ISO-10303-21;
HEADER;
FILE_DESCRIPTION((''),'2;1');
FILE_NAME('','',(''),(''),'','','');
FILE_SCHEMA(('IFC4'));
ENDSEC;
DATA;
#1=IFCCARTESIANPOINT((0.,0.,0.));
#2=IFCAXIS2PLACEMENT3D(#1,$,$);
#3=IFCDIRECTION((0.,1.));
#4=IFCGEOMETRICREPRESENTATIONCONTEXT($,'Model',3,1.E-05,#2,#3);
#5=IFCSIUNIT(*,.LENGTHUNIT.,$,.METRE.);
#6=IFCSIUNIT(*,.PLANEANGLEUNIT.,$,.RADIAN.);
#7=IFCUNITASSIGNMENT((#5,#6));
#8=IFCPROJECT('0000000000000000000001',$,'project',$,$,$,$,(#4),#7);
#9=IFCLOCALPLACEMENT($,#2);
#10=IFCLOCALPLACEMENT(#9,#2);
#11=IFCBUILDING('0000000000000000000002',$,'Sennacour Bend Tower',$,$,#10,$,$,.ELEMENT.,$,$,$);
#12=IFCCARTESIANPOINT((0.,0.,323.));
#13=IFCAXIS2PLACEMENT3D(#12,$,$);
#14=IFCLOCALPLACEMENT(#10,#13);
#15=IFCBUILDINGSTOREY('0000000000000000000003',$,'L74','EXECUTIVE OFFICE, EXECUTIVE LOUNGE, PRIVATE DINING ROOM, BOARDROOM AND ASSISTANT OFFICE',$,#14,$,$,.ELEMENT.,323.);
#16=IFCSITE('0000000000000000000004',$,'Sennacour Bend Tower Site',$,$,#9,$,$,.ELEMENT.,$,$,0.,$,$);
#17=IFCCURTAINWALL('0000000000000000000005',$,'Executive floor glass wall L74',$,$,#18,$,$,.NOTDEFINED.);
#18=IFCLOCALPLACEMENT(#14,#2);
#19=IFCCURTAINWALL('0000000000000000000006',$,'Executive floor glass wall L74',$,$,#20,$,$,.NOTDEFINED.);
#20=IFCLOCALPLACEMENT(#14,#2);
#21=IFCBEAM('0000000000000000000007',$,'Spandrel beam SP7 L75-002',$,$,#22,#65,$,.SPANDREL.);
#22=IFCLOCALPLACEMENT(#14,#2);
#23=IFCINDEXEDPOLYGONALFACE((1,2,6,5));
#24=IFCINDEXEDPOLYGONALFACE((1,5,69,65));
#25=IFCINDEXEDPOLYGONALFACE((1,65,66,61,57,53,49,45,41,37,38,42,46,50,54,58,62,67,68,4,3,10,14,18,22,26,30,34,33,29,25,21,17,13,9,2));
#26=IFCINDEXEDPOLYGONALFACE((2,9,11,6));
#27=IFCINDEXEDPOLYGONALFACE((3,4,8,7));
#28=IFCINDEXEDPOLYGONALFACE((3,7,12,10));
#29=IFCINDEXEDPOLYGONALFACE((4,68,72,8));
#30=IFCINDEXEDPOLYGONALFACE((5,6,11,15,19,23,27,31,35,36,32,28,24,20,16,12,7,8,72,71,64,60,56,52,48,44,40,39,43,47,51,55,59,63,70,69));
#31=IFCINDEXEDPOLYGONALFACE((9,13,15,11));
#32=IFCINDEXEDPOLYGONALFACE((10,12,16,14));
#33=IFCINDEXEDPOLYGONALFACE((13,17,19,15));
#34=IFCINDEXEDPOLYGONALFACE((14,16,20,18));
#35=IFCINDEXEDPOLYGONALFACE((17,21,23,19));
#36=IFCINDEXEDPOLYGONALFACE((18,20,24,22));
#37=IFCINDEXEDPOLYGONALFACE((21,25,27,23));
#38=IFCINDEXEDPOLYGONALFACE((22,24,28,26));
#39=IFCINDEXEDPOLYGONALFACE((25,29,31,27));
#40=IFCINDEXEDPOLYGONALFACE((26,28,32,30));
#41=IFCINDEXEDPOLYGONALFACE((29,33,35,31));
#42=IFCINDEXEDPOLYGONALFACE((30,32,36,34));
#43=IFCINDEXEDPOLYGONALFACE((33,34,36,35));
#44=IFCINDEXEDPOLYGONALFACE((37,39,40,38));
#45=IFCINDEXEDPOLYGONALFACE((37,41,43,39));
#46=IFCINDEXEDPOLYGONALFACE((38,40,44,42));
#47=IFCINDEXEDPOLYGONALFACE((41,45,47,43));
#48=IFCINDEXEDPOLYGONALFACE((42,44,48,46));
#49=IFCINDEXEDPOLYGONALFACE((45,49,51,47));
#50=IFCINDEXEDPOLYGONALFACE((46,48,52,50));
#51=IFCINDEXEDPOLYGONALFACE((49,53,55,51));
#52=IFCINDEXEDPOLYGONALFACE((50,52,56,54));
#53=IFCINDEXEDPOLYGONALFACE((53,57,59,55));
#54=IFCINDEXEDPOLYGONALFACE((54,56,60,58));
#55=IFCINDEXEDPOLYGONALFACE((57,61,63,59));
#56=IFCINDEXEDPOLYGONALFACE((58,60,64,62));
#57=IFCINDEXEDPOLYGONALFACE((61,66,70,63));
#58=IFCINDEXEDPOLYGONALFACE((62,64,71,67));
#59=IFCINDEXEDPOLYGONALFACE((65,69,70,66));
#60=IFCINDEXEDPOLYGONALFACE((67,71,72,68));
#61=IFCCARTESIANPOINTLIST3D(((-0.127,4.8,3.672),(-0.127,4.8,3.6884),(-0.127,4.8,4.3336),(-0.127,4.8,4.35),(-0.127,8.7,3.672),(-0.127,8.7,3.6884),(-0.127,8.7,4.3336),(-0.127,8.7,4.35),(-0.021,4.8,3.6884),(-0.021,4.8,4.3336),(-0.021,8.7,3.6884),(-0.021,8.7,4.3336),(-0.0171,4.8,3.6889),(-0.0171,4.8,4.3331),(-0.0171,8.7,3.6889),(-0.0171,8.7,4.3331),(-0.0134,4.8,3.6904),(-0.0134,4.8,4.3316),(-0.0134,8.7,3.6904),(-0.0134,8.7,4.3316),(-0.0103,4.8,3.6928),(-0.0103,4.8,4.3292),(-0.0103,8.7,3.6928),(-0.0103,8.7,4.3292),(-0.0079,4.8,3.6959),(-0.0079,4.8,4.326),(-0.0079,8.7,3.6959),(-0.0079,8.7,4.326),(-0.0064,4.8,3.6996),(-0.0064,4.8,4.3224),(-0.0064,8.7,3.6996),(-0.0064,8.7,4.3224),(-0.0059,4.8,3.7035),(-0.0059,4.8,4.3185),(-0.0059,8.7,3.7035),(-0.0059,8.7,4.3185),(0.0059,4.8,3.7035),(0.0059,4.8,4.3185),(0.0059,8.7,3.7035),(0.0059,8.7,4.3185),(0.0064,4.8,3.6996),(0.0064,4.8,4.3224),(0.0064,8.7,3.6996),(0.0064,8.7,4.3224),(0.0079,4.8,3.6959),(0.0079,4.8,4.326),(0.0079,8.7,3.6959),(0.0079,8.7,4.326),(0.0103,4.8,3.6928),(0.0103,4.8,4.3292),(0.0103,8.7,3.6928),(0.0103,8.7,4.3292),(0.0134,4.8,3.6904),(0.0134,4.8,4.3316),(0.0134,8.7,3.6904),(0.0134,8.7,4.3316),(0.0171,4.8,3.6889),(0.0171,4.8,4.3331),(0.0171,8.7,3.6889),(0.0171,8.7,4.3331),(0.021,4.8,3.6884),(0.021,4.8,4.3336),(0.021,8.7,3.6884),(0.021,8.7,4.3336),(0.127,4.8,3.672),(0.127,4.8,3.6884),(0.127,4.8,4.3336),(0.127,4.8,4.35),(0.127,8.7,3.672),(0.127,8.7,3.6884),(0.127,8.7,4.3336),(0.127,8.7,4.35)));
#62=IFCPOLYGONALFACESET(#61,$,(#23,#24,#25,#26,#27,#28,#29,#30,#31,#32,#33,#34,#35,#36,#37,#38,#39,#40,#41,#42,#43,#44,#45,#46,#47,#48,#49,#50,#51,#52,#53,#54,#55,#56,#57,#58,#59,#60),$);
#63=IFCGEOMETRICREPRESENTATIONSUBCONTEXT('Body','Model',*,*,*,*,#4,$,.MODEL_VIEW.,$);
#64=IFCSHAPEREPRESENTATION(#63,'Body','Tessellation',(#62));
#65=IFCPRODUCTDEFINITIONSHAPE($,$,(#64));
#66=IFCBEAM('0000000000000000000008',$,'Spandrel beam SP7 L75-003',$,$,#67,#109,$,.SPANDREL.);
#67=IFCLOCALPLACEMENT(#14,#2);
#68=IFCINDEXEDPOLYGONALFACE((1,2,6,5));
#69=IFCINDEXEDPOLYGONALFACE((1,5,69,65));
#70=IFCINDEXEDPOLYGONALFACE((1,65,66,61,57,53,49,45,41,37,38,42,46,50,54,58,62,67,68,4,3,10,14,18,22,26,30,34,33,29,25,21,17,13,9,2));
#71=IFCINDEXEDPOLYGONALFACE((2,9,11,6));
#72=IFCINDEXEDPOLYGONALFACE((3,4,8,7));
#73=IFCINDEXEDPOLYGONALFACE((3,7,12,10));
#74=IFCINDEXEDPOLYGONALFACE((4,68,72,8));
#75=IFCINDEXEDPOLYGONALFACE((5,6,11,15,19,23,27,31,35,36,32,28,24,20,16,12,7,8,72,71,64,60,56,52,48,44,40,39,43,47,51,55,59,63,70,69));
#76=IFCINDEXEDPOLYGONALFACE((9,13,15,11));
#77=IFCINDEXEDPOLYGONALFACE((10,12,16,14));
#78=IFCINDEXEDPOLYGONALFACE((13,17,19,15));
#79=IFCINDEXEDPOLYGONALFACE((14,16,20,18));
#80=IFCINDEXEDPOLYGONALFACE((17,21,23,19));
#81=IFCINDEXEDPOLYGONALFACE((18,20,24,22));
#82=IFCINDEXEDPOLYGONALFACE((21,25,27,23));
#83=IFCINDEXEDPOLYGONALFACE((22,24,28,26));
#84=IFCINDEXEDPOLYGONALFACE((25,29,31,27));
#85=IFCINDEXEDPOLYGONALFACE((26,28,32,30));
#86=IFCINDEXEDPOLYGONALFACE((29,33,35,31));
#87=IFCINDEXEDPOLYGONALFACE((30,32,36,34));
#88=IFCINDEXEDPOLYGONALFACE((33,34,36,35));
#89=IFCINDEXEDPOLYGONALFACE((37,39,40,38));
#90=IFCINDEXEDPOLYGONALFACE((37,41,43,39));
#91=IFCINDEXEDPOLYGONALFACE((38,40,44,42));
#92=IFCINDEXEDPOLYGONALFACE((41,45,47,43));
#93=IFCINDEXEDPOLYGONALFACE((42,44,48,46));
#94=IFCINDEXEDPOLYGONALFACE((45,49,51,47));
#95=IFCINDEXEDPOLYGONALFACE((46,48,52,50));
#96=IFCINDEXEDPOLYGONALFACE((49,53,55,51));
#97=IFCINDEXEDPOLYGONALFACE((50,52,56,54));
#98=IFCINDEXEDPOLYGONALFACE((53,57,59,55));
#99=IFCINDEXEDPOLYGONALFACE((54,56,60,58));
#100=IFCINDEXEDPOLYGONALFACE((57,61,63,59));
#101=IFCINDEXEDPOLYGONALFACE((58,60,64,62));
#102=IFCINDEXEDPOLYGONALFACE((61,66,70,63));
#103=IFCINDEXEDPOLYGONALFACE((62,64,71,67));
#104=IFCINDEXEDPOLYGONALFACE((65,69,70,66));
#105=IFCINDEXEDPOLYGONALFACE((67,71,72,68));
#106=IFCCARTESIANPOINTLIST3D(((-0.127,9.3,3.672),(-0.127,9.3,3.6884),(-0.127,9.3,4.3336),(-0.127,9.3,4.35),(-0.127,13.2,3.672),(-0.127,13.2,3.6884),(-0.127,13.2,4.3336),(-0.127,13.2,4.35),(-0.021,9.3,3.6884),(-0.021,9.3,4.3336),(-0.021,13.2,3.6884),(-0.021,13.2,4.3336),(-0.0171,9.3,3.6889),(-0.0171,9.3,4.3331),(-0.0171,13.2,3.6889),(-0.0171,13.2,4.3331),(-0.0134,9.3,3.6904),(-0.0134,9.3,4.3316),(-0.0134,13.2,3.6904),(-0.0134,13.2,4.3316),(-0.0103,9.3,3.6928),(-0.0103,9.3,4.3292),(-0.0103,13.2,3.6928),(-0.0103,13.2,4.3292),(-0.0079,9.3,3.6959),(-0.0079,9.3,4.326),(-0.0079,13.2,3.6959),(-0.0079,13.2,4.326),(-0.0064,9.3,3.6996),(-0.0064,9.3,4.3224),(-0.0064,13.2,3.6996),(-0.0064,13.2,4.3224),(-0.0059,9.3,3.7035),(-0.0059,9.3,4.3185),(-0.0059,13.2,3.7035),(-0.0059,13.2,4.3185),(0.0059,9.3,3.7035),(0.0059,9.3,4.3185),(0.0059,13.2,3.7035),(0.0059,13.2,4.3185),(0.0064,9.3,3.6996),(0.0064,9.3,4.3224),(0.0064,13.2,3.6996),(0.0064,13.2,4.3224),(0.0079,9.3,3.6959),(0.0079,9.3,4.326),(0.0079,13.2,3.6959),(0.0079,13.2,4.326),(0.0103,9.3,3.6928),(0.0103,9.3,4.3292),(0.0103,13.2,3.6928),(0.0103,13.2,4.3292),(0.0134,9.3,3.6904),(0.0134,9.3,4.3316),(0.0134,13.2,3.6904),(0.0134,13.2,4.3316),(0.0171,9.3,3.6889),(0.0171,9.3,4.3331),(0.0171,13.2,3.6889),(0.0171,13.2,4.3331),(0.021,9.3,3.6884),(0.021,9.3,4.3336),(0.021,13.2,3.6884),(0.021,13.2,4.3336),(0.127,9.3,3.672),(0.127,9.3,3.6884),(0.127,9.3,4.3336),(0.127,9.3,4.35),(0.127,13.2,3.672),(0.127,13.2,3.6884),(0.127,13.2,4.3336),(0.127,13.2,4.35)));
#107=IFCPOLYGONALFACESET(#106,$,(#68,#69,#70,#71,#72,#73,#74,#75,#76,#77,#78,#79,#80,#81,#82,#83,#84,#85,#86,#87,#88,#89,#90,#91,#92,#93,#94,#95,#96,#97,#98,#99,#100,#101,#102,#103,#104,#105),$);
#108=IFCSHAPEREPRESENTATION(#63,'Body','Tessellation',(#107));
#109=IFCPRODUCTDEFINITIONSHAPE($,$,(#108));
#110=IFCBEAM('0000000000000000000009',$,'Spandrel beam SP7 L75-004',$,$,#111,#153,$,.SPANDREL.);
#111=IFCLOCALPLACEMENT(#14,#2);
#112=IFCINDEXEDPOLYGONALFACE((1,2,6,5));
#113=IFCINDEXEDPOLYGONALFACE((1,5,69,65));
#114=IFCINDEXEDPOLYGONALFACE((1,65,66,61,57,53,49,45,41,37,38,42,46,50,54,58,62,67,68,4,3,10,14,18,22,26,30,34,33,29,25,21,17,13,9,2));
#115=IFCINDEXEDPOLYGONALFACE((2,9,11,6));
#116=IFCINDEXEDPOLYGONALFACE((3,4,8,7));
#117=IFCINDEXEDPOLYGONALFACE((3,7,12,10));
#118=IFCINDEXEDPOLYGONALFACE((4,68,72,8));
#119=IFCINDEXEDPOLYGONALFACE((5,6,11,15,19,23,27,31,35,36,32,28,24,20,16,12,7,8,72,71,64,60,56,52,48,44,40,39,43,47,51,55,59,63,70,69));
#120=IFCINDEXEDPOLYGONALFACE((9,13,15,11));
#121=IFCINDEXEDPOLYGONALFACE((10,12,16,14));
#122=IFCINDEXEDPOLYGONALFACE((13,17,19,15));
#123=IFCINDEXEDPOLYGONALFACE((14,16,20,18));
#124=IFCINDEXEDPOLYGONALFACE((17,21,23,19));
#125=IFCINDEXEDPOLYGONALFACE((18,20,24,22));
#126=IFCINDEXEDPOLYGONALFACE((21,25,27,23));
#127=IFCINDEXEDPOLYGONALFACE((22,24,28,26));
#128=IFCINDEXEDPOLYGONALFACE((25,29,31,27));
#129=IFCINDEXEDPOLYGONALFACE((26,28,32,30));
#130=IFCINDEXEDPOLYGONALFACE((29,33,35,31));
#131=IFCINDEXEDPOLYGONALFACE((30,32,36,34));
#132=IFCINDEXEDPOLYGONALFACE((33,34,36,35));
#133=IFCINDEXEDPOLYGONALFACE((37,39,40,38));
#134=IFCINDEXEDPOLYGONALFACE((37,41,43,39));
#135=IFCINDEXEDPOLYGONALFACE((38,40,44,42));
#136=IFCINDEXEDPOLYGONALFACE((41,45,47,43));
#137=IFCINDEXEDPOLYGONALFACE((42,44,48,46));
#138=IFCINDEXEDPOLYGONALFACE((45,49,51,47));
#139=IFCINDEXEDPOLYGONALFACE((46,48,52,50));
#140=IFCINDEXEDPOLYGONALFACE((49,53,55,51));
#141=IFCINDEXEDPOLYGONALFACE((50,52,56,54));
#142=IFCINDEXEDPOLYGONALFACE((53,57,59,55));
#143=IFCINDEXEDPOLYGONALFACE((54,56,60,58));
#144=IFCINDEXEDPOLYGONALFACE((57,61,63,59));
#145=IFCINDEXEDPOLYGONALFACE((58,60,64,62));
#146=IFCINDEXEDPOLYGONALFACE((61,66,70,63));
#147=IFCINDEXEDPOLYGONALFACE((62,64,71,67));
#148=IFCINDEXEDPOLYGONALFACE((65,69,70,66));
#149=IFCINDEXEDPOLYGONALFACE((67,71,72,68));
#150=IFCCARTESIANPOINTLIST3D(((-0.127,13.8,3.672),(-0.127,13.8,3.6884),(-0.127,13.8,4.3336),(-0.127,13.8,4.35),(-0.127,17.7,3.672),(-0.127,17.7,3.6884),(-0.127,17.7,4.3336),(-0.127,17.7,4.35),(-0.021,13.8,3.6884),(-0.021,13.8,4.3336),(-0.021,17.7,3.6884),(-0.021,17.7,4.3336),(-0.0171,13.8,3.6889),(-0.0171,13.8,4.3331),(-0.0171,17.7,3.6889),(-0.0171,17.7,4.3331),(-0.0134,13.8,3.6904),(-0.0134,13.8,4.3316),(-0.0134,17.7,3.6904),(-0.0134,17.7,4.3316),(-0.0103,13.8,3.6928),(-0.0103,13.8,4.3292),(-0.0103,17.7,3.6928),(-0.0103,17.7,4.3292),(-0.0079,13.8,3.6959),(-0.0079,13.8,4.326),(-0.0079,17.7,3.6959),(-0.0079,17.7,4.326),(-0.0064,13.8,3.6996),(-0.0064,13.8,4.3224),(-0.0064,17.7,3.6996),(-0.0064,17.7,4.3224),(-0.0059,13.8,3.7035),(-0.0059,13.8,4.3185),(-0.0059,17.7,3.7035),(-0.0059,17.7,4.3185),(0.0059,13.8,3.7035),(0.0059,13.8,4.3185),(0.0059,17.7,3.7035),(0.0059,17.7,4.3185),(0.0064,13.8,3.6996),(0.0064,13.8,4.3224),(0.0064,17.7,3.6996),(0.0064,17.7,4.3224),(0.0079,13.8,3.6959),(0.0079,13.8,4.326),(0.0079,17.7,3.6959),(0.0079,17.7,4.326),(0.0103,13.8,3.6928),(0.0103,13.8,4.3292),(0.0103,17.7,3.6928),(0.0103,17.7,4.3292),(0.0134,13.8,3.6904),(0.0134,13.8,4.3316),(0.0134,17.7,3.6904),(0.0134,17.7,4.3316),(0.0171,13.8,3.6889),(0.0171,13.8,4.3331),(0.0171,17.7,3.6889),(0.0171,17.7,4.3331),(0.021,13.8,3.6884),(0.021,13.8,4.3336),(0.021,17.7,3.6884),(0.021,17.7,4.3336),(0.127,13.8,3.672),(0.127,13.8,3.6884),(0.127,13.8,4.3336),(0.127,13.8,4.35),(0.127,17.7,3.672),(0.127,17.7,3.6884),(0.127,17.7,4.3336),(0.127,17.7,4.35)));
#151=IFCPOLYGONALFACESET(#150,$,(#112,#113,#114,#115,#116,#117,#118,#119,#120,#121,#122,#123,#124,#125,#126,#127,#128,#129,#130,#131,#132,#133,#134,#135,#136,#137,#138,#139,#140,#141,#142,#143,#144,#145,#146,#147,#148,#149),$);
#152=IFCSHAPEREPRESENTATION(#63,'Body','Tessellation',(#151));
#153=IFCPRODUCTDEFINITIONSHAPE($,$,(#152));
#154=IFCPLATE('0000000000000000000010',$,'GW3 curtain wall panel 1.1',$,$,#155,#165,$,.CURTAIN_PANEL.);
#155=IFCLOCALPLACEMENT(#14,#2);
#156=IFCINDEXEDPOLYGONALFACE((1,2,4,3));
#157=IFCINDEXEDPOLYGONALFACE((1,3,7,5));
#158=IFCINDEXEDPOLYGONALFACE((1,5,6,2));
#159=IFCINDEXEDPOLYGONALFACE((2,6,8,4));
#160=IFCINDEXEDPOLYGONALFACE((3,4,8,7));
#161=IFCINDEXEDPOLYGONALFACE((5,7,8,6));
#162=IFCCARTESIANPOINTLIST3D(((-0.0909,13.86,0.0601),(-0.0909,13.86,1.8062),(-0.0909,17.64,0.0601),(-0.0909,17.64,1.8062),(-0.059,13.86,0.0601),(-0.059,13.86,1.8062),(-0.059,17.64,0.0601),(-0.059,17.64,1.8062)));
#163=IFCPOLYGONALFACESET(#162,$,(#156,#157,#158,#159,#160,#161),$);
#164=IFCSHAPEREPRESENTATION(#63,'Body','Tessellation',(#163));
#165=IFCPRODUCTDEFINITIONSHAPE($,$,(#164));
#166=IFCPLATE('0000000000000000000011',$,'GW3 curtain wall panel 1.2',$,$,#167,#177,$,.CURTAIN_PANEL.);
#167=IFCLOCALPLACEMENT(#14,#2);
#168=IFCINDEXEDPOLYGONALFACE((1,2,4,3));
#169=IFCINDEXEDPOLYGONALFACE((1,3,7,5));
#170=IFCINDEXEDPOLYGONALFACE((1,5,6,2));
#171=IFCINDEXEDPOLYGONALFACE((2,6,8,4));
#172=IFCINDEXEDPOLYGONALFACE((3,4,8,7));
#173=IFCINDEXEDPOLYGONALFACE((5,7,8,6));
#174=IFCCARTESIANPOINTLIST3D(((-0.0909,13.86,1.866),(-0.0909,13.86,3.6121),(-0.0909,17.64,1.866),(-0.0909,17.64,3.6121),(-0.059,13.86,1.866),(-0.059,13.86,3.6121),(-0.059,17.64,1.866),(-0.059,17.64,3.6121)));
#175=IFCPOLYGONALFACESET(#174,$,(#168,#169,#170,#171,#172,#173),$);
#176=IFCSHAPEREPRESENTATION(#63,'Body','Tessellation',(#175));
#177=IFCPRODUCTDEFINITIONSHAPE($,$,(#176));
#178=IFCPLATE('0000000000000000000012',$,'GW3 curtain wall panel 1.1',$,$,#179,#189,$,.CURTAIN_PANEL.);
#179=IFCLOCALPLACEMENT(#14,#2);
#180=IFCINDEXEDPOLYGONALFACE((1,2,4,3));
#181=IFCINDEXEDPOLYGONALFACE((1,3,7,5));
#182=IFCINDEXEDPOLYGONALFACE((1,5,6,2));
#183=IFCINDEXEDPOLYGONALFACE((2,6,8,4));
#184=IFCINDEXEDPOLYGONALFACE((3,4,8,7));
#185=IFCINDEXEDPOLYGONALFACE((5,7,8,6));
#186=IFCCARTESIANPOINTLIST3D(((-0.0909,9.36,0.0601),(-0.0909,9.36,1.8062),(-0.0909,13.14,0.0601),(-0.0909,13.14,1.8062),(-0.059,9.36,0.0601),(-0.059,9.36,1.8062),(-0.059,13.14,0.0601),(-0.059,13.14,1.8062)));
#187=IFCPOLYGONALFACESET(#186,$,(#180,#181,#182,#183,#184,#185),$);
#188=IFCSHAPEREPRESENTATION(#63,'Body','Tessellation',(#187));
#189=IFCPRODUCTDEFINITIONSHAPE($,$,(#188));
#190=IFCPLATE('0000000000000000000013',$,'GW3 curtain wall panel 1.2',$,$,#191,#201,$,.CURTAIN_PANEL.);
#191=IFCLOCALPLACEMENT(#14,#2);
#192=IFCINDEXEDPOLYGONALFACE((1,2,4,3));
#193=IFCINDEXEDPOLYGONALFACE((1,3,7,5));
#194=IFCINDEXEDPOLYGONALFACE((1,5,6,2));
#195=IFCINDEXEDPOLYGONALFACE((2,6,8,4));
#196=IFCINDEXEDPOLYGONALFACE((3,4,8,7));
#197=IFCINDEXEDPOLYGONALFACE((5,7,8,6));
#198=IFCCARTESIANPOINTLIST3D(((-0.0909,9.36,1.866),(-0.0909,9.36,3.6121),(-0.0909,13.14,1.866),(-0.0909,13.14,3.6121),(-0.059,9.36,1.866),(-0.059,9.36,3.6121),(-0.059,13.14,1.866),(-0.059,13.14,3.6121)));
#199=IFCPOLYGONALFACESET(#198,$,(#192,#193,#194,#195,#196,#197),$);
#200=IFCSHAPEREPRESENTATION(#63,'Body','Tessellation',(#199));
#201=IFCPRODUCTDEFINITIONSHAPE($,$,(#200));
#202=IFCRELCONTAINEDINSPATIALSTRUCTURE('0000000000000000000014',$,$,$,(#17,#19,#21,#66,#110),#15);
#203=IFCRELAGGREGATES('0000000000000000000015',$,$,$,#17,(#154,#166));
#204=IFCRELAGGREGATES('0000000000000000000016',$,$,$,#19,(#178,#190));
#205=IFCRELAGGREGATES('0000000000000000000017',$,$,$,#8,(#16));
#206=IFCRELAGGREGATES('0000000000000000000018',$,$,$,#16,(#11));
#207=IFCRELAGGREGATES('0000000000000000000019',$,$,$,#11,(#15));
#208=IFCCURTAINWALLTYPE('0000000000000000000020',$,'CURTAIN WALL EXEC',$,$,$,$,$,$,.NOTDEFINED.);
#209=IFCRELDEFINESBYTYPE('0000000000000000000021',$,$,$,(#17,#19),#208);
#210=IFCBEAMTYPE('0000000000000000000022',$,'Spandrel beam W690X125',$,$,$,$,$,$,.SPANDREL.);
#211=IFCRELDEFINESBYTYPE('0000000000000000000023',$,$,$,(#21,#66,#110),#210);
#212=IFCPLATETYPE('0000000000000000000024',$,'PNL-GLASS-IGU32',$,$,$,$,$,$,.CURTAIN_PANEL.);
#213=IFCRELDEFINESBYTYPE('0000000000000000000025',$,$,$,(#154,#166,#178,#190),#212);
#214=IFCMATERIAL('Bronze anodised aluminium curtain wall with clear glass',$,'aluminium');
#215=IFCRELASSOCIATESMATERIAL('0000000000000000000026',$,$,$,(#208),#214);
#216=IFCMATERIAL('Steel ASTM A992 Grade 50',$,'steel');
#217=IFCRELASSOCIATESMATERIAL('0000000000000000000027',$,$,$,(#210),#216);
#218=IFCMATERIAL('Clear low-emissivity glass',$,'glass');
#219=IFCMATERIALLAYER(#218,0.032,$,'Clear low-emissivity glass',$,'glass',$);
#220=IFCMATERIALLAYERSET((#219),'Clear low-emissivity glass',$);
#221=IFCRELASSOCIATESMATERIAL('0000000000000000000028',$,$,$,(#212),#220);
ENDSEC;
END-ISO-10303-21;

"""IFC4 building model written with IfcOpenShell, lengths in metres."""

from ifc_helpers import new_model, si_unit, direction, frame, origin, origin_2d, place, context, subcontext, project, spatial, rectangle, i_section, extrude, material, layer, layer_set, material_profile, profile_set, type_object, element, aggregate, save


model = new_model("IFC4")

# Units and contexts
model_context = context("Model", 3, precision=1e-05, world=origin(), true_north=direction((0.0, 1.0)))
body_context = subcontext(model_context, "Body", "Model", "MODEL_VIEW")
ifc_project = project(units=[si_unit("LENGTHUNIT", "METRE"), si_unit("PLANEANGLEUNIT", "RADIAN")], contexts=[model_context])

# Site, building, storey
site_placement = place(None, origin())
site = spatial("IfcSite", under=ifc_project, at=site_placement, Name="Sennacour Bend Tower Site", CompositionType="ELEMENT", RefElevation=0.0)
building_placement = place(site_placement, origin())
building = spatial("IfcBuilding", under=site, at=building_placement, Name="Sennacour Bend Tower", CompositionType="ELEMENT")
storey_placement = place(building_placement, frame((0.0, 0.0, 323.0)))
storey = spatial("IfcBuildingStorey", under=building, at=storey_placement, Name="L74", Description="EXECUTIVE OFFICE, EXECUTIVE LOUNGE, PRIVATE DINING ROOM, BOARDROOM AND ASSISTANT OFFICE", CompositionType="ELEMENT", Elevation=323.0)

# Curtain wall
ifc_material_1 = material(Name="Bronze anodised aluminium curtain wall with clear glass", Category="aluminium")
curtain_wall_type = type_object("IfcCurtainWallType", Name="CURTAIN WALL EXEC", PredefinedType="NOTDEFINED", material=ifc_material_1)
curtain_wall_1_placement = place(storey_placement, origin())
curtain_wall_1 = element("IfcCurtainWall", 1, at=curtain_wall_1_placement, inside=storey, type_object=curtain_wall_type, Name="Executive floor glass wall L74", PredefinedType="NOTDEFINED")

# Curtain wall
curtain_wall_2_placement = place(storey_placement, origin())
curtain_wall_2 = element("IfcCurtainWall", 2, at=curtain_wall_2_placement, inside=storey, type_object=curtain_wall_type, Name="Executive floor glass wall L74", PredefinedType="NOTDEFINED")

# Beams
ifc_material_2 = material(Name="Steel ASTM A992 Grade 50", Category="steel")
ifc_material_profile_1 = material_profile(ifc_material_2, i_section(OverallWidth=0.2539, OverallDepth=0.678, WebThickness=0.0117, FlangeThickness=0.0164, FilletRadius=0.0151, at=origin_2d()), Name="Steel ASTM A992 Grade 50", Category="steel")
ifc_profile_set_1 = profile_set([ifc_material_profile_1], Name="Steel ASTM A992 Grade 50")
beam_type = type_object("IfcBeamType", Name="Spandrel beam W690X125", PredefinedType="SPANDREL", material=ifc_profile_set_1)
for number, where, z_axis, x_axis, name in (
    (3, (0.0, 4.8, 4.011), (0.0, 1.0, 0.0), (-1.0, 0.0, 0.0), "Spandrel beam SP7 L75-002"),
    (4, (0.0, 9.3, 4.011), (0.0, 1.0, 0.0), (-1.0, 0.0, 0.0), "Spandrel beam SP7 L75-003"),
    (5, (0.0, 13.8, 4.011), (0.0, 1.0, 0.0), (-1.0, 0.0, 0.0), "Spandrel beam SP7 L75-004"),
):
    element("IfcBeam", number, at=place(storey_placement, frame(where, z_axis=z_axis, x_axis=x_axis)), inside=storey, type_object=beam_type, Name=name, PredefinedType="SPANDREL", context=body_context, shape_type="SweptSolid", body=[
        extrude(i_section(OverallWidth=0.2539, OverallDepth=0.678, WebThickness=0.0117, FlangeThickness=0.0164, FilletRadius=0.0151, at=origin_2d()), origin(), (0.0, 0.0, 1.0), 3.8999),
    ])

# Plates
ifc_material_3 = material(Name="Clear low-emissivity glass", Category="glass")
ifc_layer_1 = layer(ifc_material_3, 0.032, Name="Clear low-emissivity glass", Category="glass")
ifc_layer_set_1 = layer_set([ifc_layer_1], Name="Clear low-emissivity glass")
plate_type = type_object("IfcPlateType", Name="PNL-GLASS-IGU32", PredefinedType="CURTAIN_PANEL", material=ifc_layer_set_1)
plate_1_placement = place(storey_placement, frame((-0.075, 15.75, 0.0601), z_axis=(0.0, 0.0, 1.0), x_axis=(0.0, -1.0, 0.0)))
plate_1 = element("IfcPlate", 6, at=plate_1_placement, type_object=plate_type, Name="GW3 curtain wall panel 1.1", PredefinedType="CURTAIN_PANEL", context=body_context, shape_type="SweptSolid", body=[
    extrude(rectangle(XDim=3.78, YDim=0.032, at=origin_2d()), origin(), (0.0, 0.0, 1.0), 1.7461),
])
plate_2_placement = place(storey_placement, frame((-0.075, 15.75, 1.866), z_axis=(0.0, 0.0, 1.0), x_axis=(0.0, -1.0, 0.0)))
plate_2 = element("IfcPlate", 7, at=plate_2_placement, type_object=plate_type, Name="GW3 curtain wall panel 1.2", PredefinedType="CURTAIN_PANEL", context=body_context, shape_type="SweptSolid", body=[
    extrude(rectangle(XDim=3.78, YDim=0.032, at=origin_2d()), origin(), (0.0, 0.0, 1.0), 1.7461),
])
aggregate(curtain_wall_1, [plate_1, plate_2])
plate_3_placement = place(storey_placement, frame((-0.075, 11.25, 0.0601), z_axis=(0.0, 0.0, 1.0), x_axis=(0.0, -1.0, 0.0)))
plate_3 = element("IfcPlate", 8, at=plate_3_placement, type_object=plate_type, Name="GW3 curtain wall panel 1.1", PredefinedType="CURTAIN_PANEL", context=body_context, shape_type="SweptSolid", body=[
    extrude(rectangle(XDim=3.78, YDim=0.032, at=origin_2d()), origin(), (0.0, 0.0, 1.0), 1.7461),
])
plate_4_placement = place(storey_placement, frame((-0.075, 11.25, 1.866), z_axis=(0.0, 0.0, 1.0), x_axis=(0.0, -1.0, 0.0)))
plate_4 = element("IfcPlate", 9, at=plate_4_placement, type_object=plate_type, Name="GW3 curtain wall panel 1.2", PredefinedType="CURTAIN_PANEL", context=body_context, shape_type="SweptSolid", body=[
    extrude(rectangle(XDim=3.78, YDim=0.032, at=origin_2d()), origin(), (0.0, 0.0, 1.0), 1.7461),
])
aggregate(curtain_wall_2, [plate_3, plate_4])

save(model, "model.ifc")
